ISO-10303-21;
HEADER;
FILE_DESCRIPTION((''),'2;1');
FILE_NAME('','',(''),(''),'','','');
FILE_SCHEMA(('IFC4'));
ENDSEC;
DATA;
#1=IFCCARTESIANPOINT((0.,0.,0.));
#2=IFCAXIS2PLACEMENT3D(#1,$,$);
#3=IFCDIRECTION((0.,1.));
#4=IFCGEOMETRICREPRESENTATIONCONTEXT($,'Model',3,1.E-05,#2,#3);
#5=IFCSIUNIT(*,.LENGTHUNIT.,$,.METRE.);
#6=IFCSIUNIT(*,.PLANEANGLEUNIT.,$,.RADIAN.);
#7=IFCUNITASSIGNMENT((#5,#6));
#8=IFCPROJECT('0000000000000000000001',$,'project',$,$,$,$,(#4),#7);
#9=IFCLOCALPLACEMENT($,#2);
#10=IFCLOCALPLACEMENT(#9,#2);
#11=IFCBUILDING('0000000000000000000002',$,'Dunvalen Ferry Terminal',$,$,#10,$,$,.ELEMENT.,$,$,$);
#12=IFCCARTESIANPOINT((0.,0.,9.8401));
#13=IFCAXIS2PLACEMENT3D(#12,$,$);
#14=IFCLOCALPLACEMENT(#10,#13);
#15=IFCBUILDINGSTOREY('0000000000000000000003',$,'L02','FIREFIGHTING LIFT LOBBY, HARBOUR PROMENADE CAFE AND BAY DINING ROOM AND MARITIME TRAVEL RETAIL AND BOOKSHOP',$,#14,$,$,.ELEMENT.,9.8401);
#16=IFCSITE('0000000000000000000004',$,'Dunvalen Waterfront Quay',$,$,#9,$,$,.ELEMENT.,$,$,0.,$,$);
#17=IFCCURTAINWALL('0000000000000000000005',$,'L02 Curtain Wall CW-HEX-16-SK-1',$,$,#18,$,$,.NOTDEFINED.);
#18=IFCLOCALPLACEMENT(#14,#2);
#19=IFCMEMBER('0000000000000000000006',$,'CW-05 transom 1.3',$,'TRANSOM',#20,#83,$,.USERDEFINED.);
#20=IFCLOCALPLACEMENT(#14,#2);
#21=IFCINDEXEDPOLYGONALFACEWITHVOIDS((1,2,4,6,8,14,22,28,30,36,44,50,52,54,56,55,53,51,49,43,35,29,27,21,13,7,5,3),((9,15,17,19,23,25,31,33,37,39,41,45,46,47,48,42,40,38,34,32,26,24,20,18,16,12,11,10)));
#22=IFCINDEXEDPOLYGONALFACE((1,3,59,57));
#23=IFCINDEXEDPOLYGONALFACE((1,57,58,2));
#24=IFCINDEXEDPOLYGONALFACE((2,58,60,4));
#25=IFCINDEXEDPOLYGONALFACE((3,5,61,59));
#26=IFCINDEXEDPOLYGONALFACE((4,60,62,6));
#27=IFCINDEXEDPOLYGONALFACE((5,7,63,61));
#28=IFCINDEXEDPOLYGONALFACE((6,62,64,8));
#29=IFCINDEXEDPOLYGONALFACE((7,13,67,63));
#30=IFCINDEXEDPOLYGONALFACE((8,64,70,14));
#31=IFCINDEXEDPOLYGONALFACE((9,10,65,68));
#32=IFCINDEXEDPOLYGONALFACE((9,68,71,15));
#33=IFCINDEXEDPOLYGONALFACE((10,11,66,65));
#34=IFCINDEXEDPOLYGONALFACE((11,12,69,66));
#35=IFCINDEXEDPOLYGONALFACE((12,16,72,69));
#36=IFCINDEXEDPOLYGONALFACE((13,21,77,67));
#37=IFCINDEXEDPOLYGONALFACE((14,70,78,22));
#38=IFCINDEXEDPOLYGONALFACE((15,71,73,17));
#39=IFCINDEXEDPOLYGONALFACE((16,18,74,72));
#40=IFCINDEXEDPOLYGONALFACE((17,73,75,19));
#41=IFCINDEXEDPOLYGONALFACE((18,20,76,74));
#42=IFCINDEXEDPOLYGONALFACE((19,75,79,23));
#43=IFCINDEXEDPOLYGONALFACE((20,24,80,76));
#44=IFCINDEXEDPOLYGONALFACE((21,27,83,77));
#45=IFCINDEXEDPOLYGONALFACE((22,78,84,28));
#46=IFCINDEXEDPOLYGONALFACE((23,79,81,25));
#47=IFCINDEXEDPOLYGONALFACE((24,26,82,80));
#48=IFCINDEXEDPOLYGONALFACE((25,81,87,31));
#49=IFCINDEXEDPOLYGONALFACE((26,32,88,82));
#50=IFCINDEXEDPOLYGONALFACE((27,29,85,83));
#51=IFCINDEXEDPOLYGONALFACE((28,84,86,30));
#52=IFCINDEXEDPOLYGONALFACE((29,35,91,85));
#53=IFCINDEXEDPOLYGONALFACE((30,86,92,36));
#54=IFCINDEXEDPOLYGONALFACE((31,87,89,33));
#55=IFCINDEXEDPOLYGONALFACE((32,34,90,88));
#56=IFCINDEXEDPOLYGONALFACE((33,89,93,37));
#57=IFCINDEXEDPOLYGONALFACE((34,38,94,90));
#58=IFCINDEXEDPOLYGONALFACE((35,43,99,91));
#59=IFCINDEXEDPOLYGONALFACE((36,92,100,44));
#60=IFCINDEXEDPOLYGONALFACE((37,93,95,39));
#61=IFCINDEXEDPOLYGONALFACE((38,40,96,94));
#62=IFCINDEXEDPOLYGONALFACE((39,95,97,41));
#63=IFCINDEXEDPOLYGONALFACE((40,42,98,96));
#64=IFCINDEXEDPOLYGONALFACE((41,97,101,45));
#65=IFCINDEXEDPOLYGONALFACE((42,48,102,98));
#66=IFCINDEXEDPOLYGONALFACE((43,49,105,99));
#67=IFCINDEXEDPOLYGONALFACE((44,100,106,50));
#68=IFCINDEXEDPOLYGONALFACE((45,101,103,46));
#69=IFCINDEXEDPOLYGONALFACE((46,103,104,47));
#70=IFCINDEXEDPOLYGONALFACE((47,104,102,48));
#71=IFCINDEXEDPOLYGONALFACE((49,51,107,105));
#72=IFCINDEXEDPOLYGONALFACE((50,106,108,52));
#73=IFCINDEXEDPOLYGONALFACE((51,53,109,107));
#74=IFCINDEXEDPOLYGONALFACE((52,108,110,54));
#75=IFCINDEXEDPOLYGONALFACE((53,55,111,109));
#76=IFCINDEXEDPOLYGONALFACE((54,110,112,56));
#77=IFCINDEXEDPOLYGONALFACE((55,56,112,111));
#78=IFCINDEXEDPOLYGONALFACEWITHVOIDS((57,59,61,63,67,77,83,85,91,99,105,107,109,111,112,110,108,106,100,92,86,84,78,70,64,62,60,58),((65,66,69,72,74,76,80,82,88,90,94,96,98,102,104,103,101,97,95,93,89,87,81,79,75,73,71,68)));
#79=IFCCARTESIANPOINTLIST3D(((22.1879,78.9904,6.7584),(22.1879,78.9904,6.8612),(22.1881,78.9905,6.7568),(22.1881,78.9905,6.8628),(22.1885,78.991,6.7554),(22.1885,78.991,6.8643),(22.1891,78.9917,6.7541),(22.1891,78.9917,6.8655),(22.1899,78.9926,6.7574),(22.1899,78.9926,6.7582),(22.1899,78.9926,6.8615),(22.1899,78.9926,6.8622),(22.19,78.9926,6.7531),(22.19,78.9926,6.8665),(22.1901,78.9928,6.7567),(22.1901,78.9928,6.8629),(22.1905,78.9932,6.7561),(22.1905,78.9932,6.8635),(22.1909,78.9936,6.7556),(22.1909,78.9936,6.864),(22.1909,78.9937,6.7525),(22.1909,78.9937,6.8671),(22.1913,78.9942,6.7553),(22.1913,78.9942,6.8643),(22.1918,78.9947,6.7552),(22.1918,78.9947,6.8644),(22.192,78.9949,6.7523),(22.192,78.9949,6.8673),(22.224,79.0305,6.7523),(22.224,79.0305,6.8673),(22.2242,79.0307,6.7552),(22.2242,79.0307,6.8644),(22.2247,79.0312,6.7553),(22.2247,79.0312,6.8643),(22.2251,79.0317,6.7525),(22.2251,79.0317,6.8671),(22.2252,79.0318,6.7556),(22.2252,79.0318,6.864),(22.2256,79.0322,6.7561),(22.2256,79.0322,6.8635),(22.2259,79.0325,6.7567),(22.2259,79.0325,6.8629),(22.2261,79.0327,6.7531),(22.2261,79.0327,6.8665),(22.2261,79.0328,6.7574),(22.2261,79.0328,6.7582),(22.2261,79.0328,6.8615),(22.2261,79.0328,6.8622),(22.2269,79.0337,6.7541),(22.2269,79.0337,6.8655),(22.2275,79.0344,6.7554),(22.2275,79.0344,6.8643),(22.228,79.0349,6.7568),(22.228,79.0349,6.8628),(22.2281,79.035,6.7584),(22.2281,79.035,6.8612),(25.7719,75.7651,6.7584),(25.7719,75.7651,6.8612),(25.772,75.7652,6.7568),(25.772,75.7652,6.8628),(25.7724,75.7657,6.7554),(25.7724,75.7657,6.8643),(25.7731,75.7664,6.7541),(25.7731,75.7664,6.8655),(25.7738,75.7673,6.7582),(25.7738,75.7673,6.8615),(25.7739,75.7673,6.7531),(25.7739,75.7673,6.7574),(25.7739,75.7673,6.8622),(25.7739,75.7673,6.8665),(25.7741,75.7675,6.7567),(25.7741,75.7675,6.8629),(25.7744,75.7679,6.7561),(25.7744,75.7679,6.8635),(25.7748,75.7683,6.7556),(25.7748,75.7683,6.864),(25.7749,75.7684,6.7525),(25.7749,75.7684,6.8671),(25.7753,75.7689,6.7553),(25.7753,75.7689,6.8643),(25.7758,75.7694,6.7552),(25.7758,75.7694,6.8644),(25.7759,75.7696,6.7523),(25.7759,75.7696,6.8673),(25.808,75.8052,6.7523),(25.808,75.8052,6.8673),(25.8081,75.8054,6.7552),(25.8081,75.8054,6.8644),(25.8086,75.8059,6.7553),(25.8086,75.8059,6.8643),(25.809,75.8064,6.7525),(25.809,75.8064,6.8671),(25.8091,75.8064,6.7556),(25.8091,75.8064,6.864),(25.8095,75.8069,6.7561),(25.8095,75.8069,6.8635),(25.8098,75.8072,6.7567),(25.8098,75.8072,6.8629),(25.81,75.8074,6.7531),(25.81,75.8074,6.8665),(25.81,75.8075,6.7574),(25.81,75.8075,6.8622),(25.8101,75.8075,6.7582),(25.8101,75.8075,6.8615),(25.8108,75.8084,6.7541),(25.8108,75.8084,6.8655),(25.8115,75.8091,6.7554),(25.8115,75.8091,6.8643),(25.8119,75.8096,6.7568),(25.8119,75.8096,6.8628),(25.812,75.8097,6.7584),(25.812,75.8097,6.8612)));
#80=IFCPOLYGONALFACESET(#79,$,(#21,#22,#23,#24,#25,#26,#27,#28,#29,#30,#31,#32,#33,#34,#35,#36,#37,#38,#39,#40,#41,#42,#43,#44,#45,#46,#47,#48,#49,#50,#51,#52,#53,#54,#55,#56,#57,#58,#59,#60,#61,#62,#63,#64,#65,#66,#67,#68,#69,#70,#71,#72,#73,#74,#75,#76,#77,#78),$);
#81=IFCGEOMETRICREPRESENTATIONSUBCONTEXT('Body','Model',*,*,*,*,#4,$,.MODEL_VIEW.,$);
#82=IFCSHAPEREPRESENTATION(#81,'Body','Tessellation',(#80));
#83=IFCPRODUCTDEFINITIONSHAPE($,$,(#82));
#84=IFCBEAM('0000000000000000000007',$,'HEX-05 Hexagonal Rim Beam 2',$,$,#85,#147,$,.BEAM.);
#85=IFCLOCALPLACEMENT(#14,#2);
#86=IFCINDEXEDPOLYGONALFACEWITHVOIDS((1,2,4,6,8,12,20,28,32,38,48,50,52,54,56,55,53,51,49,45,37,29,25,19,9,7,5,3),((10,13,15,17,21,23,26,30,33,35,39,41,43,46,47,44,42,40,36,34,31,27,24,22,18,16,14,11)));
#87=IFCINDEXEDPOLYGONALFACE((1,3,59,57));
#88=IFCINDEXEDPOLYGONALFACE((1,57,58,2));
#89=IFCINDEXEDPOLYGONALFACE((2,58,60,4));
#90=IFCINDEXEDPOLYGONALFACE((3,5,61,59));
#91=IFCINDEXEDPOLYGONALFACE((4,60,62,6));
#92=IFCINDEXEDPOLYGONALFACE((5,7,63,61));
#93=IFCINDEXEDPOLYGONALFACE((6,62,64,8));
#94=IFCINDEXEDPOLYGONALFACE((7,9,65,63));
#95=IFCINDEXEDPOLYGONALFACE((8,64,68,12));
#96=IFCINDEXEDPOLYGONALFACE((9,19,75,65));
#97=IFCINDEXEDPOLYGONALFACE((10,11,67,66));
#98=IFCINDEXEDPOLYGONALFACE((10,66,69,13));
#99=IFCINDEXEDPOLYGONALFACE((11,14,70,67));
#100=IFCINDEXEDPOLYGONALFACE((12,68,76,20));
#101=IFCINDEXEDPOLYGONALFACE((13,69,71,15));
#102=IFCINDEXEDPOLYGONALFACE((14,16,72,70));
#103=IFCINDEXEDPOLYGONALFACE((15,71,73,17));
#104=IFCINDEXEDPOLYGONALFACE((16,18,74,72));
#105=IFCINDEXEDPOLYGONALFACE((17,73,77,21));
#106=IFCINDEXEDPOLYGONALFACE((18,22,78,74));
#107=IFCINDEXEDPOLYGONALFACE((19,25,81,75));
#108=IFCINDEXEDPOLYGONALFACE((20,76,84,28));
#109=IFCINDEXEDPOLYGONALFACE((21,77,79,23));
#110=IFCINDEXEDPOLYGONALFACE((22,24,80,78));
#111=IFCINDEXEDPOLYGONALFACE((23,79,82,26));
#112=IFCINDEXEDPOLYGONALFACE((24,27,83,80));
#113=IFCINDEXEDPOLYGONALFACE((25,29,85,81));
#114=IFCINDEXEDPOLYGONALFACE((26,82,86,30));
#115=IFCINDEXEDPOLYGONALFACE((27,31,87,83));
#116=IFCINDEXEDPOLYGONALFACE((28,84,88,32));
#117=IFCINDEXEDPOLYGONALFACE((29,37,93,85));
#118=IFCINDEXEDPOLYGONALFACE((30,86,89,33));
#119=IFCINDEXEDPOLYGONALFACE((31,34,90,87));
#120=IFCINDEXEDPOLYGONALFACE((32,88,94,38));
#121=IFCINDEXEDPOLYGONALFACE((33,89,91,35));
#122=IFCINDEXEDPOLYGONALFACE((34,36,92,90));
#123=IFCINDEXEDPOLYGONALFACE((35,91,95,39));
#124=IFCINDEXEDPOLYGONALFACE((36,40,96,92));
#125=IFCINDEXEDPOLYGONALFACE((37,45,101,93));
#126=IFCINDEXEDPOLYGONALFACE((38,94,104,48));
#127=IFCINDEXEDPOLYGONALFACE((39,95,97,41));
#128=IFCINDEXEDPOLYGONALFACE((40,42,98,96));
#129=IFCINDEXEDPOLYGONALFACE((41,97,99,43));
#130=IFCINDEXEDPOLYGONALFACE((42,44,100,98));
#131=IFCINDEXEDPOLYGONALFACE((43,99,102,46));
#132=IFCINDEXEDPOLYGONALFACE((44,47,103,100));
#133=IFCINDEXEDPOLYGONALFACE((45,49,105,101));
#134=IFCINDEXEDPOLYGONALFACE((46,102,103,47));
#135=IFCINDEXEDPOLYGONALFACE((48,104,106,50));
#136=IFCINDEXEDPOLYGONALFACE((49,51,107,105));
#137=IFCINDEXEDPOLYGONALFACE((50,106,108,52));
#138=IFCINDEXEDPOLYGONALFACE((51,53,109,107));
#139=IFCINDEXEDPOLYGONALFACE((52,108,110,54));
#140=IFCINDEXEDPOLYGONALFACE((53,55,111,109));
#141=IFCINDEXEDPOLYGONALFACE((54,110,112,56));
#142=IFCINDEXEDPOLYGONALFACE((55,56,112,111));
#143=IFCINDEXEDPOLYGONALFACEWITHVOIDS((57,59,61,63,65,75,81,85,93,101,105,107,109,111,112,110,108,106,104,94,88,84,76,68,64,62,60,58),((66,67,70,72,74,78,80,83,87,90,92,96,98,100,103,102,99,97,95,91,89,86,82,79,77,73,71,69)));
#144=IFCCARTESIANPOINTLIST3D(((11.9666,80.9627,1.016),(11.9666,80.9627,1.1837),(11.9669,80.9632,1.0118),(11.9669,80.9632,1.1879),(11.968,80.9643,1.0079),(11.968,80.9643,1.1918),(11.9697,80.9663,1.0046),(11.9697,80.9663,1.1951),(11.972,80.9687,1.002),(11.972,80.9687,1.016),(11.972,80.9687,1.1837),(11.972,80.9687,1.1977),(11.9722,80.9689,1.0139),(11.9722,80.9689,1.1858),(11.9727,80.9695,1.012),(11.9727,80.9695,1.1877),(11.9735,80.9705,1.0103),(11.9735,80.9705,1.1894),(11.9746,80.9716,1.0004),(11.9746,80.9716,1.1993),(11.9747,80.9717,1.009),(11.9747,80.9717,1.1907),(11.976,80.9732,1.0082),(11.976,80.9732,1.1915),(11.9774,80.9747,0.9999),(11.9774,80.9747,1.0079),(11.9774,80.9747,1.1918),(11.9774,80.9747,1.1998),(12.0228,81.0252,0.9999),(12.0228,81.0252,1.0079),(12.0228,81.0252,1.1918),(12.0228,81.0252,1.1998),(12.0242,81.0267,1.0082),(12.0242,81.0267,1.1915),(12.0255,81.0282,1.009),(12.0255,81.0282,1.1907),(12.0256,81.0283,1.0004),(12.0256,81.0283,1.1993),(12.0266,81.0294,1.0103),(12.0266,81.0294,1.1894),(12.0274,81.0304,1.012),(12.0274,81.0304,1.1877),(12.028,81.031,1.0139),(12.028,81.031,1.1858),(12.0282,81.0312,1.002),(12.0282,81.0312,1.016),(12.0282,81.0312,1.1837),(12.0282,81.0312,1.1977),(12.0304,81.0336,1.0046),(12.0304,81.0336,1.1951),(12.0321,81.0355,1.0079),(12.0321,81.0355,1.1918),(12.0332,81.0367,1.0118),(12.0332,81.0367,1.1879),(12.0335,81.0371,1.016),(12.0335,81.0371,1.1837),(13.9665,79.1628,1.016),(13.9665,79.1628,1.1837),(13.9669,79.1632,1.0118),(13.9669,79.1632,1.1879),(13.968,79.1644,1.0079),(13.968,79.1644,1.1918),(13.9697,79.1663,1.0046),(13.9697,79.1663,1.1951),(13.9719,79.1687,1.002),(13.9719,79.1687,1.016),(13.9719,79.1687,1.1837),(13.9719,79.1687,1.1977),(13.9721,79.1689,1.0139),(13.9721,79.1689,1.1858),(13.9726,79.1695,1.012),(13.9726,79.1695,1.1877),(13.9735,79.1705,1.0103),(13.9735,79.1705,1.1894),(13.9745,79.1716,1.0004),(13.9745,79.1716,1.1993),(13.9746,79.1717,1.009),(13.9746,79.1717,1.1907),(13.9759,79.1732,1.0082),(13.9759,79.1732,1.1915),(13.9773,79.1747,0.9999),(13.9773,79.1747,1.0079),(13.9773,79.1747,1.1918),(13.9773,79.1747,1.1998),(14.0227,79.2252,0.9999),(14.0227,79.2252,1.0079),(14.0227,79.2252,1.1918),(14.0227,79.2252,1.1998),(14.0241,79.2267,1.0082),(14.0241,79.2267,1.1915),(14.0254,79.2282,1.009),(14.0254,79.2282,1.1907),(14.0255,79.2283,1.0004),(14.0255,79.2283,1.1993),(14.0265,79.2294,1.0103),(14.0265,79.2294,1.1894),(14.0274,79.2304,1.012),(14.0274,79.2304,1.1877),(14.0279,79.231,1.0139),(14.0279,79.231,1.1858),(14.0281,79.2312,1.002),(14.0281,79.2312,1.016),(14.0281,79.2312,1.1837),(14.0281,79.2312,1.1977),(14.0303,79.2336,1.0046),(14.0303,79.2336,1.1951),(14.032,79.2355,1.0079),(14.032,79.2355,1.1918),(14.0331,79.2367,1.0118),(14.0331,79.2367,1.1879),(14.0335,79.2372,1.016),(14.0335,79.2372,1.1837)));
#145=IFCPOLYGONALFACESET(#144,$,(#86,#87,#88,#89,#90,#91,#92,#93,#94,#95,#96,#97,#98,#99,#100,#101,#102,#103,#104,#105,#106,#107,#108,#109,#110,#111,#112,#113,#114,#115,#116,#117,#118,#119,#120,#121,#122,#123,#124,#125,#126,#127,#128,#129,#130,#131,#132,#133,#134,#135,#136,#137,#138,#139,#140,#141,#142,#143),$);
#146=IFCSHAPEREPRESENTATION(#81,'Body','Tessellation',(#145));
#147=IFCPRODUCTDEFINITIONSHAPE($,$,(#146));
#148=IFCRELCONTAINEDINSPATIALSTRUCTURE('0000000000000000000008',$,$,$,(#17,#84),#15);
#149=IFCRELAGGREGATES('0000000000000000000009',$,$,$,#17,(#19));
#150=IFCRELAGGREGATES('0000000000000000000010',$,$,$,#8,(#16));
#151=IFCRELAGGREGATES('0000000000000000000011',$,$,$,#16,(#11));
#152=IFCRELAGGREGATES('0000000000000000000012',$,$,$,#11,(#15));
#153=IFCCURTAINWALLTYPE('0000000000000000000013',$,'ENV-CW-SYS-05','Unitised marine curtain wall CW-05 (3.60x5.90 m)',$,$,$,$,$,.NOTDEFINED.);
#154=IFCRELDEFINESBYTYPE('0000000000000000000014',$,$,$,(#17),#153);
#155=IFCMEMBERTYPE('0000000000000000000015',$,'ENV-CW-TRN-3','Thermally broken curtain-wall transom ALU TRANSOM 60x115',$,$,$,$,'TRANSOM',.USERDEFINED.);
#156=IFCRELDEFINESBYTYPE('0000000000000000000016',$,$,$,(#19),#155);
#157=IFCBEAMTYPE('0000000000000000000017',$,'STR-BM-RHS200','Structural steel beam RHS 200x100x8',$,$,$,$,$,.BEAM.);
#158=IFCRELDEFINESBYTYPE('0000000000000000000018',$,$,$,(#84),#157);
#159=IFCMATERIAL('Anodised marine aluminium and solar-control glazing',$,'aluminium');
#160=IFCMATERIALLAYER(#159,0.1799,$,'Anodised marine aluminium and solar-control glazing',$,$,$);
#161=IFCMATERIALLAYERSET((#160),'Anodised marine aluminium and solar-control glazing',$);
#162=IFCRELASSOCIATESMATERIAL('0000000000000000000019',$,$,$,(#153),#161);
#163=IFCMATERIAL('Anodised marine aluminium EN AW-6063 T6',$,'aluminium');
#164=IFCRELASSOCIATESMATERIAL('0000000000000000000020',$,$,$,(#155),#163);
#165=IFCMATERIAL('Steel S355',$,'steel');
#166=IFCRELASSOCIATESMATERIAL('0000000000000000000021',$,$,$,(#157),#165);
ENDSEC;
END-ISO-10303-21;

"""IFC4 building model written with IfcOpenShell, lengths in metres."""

from ifc_helpers import new_model, si_unit, direction, frame, origin, origin_2d, place, context, subcontext, project, spatial, hollow_rectangle, extrude, material, layer, layer_set, material_profile, profile_set, type_object, element, aggregate, save


model = new_model("IFC4")

# Units and contexts
model_context = context("Model", 3, precision=1e-05, world=origin(), true_north=direction((0.0, 1.0)))
body_context = subcontext(model_context, "Body", "Model", "MODEL_VIEW")
ifc_project = project(units=[si_unit("LENGTHUNIT", "METRE"), si_unit("PLANEANGLEUNIT", "RADIAN")], contexts=[model_context])

# Site, building, storey
site_placement = place(None, origin())
site = spatial("IfcSite", under=ifc_project, at=site_placement, Name="Dunvalen Waterfront Quay", CompositionType="ELEMENT", RefElevation=0.0)
building_placement = place(site_placement, origin())
building = spatial("IfcBuilding", under=site, at=building_placement, Name="Dunvalen Ferry Terminal", CompositionType="ELEMENT")
storey_placement = place(building_placement, frame((0.0, 0.0, 9.8401)))
storey = spatial("IfcBuildingStorey", under=building, at=storey_placement, Name="L02", Description="FIREFIGHTING LIFT LOBBY, HARBOUR PROMENADE CAFE AND BAY DINING ROOM AND MARITIME TRAVEL RETAIL AND BOOKSHOP", CompositionType="ELEMENT", Elevation=9.8401)

# Curtain wall
ifc_material_1 = material(Name="Anodised marine aluminium and solar-control glazing", Category="aluminium")
ifc_layer_1 = layer(ifc_material_1, 0.1799, Name="Anodised marine aluminium and solar-control glazing")
ifc_layer_set_1 = layer_set([ifc_layer_1], Name="Anodised marine aluminium and solar-control glazing")
curtain_wall_type_1 = type_object("IfcCurtainWallType", Name="ENV-CW-SYS-05", Description="Unitised marine curtain wall CW-05 (3.60x5.90 m)", PredefinedType="NOTDEFINED", material=ifc_layer_set_1)
curtain_wall_1_placement = place(storey_placement, origin())
curtain_wall_1 = element("IfcCurtainWall", 1, at=curtain_wall_1_placement, inside=storey, type_object=curtain_wall_type_1, Name="L02 Curtain Wall CW-HEX-16-SK-1", PredefinedType="NOTDEFINED")
ifc_material_2 = material(Name="Anodised marine aluminium EN AW-6063 T6", Category="aluminium")

# Member
ifc_material_profile_1 = material_profile(ifc_material_2, hollow_rectangle(XDim=0.0601, YDim=0.115, WallThickness=0.0029, InnerFilletRadius=0.0029, OuterFilletRadius=0.0061, at=origin_2d()), Name="Anodised marine aluminium EN AW-6063 T6")
ifc_profile_set_1 = profile_set([ifc_material_profile_1], Name="Anodised marine aluminium EN AW-6063 T6")
member_type_1 = type_object("IfcMemberType", Name="ENV-CW-TRN-3", Description="Thermally broken curtain-wall transom ALU TRANSOM 60x115", ElementType="TRANSOM", PredefinedType="USERDEFINED", material=ifc_profile_set_1)
member_1_placement = place(storey_placement, frame((22.208, 79.0127, 6.8098), z_axis=(0.743319, -0.668937, 0.0), x_axis=(0.668937, 0.743319, 0.0)))
member_1 = element("IfcMember", 2, at=member_1_placement, type_object=member_type_1, Name="CW-05 transom 1.3", ObjectType="TRANSOM", PredefinedType="USERDEFINED", context=body_context, shape_type="SweptSolid", body=[
    extrude(hollow_rectangle(XDim=0.0601, YDim=0.115, WallThickness=0.0029, InnerFilletRadius=0.0029, OuterFilletRadius=0.0061, at=origin_2d()), origin(), (0.0, 0.0, 1.0), 4.8215),
])
aggregate(curtain_wall_1, [member_1])

# Beam
ifc_material_3 = material(Name="Steel S355", Category="steel")
ifc_material_profile_2 = material_profile(ifc_material_3, hollow_rectangle(XDim=0.1001, YDim=0.2, WallThickness=0.0081, InnerFilletRadius=0.0081, OuterFilletRadius=0.0161, at=origin_2d()), Name="Steel S355")
ifc_profile_set_2 = profile_set([ifc_material_profile_2], Name="Steel S355")
beam_type = type_object("IfcBeamType", Name="STR-BM-RHS200", Description="Structural steel beam RHS 200x100x8", PredefinedType="BEAM", material=ifc_profile_set_2)
beam_1_placement = place(storey_placement, frame((14.0, 79.2, 1.0999), z_axis=(-0.743285, 0.668975, 0.0), x_axis=(-0.668975, -0.743285, 0.0)))
element("IfcBeam", 3, at=beam_1_placement, inside=storey, type_object=beam_type, Name="HEX-05 Hexagonal Rim Beam 2", PredefinedType="BEAM", context=body_context, shape_type="SweptSolid", body=[
    extrude(hollow_rectangle(XDim=0.1001, YDim=0.2, WallThickness=0.0081, InnerFilletRadius=0.0081, OuterFilletRadius=0.0161, at=origin_2d()), origin(), (0.0, 0.0, 1.0), 2.6907),
])

save(model, "model.ifc")
